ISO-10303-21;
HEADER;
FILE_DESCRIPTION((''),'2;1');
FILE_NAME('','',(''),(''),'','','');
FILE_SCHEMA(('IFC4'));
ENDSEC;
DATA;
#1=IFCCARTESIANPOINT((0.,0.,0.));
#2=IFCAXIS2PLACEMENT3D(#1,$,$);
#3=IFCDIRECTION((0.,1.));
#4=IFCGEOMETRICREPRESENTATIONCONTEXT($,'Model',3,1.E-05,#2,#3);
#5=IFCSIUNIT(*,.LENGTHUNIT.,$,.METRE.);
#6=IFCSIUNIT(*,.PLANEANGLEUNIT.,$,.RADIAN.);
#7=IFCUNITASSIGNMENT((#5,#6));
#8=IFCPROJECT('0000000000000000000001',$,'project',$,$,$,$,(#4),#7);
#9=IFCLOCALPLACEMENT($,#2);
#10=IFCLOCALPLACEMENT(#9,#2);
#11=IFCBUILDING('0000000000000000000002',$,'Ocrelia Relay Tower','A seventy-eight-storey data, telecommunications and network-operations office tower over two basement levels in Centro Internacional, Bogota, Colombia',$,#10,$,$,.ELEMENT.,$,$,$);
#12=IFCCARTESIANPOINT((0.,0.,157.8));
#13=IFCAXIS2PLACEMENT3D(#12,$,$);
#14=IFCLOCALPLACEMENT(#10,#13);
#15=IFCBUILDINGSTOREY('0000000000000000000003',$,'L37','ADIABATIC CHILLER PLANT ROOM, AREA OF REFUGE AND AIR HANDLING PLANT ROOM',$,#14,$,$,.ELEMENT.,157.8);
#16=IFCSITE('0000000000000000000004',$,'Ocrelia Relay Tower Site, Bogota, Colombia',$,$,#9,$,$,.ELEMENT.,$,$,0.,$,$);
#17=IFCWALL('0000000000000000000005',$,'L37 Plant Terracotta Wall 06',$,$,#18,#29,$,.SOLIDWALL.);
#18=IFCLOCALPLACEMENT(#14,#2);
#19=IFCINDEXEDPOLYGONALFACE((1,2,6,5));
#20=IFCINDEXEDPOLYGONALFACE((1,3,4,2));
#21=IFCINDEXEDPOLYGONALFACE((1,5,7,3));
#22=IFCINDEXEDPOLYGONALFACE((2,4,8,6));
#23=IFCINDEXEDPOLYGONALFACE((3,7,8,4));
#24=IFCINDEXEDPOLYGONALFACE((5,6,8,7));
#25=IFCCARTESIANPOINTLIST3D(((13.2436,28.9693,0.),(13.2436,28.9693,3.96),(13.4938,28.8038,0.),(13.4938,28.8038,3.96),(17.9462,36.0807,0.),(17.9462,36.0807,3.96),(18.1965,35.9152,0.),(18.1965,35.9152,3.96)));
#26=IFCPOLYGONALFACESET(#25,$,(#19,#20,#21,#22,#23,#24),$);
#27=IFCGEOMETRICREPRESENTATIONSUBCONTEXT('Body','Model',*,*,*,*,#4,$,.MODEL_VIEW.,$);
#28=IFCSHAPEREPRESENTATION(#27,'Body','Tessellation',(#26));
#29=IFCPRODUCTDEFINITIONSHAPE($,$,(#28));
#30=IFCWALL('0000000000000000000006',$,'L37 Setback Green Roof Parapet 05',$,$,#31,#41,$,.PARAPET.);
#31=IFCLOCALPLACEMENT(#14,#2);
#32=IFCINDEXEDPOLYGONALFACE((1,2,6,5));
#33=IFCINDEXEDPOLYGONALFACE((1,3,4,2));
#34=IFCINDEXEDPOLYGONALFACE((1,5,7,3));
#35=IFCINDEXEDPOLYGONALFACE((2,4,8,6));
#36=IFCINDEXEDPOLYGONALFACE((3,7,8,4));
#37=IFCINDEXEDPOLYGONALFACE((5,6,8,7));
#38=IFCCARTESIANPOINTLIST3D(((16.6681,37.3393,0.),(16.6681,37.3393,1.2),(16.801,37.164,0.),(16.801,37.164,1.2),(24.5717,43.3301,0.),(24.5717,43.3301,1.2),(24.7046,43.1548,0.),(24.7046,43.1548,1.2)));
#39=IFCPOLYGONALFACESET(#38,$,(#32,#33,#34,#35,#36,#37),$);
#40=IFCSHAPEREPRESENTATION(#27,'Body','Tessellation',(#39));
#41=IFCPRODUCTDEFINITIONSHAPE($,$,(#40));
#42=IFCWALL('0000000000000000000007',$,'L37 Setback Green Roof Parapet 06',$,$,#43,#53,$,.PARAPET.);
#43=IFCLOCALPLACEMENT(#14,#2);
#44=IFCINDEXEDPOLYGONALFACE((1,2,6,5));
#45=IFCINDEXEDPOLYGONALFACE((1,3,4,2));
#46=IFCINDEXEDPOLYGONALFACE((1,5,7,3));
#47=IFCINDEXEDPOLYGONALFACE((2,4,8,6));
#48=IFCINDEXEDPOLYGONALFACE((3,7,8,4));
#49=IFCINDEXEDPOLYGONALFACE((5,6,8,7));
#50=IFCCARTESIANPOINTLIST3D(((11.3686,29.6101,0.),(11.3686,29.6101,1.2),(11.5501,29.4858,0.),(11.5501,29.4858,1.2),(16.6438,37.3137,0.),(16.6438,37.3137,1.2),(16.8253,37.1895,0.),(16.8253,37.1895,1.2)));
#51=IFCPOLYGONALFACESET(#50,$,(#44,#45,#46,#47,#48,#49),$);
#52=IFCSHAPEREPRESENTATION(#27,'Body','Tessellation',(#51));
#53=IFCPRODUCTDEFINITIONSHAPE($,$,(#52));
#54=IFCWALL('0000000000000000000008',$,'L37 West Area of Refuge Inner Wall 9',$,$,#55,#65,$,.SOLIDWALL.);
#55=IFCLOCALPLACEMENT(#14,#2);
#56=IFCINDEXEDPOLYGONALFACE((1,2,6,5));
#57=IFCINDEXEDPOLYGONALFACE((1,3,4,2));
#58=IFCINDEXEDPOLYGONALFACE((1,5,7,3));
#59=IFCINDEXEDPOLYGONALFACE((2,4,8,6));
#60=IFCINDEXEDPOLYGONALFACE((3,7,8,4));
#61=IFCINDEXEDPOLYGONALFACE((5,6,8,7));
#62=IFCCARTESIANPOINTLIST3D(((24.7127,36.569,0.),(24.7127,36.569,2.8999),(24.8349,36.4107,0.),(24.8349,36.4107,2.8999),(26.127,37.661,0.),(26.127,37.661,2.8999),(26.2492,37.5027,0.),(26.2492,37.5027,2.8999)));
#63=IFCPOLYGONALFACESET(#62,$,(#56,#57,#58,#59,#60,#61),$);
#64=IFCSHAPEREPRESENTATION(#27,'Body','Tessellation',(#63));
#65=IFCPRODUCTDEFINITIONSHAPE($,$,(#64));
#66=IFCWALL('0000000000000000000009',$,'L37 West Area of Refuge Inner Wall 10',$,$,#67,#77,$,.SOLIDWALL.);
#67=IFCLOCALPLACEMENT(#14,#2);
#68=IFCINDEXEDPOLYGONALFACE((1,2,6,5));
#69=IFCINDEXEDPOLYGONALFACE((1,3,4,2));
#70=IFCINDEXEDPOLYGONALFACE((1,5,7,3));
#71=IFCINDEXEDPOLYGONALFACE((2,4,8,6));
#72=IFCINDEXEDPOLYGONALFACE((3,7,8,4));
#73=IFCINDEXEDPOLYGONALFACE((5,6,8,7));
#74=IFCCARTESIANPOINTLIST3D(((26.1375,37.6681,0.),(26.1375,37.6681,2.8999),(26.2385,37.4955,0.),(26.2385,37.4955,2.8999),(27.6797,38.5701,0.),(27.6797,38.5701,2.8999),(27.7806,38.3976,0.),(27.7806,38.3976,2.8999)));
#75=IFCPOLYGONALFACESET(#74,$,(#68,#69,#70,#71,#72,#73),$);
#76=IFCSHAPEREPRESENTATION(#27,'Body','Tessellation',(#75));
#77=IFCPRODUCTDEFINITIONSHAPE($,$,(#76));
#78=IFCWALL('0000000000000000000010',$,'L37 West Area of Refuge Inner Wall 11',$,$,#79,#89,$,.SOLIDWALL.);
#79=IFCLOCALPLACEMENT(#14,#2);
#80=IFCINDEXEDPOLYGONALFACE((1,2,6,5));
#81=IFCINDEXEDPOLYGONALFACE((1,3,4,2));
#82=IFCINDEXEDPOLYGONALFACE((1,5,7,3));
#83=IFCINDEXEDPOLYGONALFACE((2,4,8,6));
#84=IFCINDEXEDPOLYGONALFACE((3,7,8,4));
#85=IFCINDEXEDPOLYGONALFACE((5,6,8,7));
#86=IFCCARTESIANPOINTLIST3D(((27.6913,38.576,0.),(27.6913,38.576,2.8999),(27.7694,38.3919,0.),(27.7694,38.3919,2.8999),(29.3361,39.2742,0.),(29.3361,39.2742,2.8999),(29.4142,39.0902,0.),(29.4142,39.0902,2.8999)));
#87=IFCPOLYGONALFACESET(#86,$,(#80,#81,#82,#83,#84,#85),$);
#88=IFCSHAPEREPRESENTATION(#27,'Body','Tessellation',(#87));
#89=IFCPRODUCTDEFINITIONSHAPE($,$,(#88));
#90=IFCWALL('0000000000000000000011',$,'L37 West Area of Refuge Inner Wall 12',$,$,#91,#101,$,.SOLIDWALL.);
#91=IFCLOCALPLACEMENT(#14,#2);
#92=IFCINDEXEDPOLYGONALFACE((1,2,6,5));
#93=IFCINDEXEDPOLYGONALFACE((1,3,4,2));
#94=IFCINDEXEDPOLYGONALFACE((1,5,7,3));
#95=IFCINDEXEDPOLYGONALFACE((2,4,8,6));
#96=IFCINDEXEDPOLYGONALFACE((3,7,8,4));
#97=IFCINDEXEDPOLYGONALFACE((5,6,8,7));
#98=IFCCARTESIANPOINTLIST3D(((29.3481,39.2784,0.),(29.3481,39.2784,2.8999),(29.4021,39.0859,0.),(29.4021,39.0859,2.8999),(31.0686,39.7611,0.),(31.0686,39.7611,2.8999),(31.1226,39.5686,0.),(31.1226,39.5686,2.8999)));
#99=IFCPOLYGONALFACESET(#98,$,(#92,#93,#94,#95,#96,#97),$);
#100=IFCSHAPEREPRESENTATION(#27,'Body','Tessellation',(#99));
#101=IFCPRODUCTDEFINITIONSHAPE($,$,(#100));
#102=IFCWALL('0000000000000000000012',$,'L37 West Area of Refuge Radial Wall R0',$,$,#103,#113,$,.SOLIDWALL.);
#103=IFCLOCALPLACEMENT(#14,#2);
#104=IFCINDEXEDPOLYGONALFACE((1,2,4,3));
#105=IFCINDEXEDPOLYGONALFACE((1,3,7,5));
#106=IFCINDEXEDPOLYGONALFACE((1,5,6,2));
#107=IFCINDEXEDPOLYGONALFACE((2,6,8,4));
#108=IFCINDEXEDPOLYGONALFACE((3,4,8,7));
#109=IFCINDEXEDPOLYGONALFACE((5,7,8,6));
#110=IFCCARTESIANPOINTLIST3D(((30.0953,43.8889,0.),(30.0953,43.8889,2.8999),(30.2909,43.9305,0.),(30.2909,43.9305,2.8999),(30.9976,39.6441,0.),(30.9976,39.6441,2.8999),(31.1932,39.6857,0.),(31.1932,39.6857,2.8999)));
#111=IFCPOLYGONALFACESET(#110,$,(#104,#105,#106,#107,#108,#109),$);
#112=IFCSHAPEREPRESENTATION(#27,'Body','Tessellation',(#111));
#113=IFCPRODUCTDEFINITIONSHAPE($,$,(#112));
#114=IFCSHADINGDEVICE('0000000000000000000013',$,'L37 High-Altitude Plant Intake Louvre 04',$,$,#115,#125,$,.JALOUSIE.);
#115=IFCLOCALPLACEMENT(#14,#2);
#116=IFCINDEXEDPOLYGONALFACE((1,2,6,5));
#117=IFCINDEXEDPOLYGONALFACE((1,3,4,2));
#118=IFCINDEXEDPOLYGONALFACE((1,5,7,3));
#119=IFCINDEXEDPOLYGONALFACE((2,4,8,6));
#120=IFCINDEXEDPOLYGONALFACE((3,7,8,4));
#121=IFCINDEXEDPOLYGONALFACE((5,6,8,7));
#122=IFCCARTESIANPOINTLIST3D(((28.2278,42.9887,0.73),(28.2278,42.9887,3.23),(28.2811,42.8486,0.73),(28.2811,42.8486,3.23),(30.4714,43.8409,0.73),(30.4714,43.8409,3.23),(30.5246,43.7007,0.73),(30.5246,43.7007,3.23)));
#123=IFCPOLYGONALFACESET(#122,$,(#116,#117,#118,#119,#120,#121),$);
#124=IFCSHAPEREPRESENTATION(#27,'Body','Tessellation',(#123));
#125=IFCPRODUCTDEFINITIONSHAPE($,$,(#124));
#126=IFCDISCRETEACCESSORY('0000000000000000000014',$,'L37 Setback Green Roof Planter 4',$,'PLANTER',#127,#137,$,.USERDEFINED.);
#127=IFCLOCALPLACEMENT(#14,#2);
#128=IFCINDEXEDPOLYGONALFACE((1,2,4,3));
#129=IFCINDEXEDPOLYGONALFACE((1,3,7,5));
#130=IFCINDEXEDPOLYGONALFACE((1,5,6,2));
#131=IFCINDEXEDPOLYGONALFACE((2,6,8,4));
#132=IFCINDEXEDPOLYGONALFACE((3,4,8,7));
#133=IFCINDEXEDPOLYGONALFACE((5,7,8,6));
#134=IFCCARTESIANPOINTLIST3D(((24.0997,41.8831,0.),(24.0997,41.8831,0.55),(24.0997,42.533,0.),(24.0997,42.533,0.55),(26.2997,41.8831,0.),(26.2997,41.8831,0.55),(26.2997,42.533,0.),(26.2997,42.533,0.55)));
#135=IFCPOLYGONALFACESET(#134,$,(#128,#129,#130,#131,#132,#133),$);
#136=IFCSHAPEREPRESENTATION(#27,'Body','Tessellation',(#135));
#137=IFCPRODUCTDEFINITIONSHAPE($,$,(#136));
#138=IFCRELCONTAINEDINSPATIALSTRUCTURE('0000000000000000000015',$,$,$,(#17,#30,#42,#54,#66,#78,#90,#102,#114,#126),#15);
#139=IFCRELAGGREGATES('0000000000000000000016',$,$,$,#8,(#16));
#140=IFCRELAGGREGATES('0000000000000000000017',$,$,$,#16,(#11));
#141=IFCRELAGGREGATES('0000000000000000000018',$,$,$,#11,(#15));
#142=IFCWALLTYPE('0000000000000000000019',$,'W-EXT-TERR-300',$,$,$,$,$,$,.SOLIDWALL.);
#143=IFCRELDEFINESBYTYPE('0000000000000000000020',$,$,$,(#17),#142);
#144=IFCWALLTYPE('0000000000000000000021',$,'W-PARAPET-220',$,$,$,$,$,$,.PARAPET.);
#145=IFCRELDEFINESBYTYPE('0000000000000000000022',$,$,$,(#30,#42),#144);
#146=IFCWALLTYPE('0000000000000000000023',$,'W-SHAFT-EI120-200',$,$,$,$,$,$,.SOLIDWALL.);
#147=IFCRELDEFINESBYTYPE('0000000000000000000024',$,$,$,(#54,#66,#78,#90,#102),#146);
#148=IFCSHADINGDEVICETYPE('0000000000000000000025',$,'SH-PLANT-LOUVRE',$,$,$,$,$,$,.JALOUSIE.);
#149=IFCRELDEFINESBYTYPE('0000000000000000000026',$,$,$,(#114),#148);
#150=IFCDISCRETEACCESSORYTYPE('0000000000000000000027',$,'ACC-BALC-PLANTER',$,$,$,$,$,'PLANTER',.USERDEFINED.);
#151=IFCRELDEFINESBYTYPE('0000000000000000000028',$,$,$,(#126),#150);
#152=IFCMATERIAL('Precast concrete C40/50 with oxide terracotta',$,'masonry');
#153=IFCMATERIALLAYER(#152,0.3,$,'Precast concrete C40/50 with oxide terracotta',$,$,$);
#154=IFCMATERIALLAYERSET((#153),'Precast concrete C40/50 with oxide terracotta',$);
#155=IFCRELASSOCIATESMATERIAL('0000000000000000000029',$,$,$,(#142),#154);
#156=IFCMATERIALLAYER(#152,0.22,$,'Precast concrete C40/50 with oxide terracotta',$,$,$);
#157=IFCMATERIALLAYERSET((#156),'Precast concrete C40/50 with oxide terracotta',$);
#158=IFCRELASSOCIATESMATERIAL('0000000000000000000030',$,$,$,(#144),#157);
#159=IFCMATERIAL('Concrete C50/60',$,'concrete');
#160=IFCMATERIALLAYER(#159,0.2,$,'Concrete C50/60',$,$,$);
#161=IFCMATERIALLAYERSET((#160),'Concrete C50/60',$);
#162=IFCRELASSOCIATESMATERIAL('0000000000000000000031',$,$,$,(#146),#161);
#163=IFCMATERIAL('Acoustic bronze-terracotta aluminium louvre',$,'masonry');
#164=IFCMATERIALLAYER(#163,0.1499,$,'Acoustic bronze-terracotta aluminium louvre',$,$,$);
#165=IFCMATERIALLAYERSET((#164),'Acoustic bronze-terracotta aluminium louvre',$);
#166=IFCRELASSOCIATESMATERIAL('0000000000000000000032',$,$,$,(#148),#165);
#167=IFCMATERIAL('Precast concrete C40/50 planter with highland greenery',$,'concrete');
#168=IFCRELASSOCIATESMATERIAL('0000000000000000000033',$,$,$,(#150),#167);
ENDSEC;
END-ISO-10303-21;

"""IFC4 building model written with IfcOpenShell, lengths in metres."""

from ifc_helpers import new_model, si_unit, direction, frame, frame_2d, origin, origin_2d, place, context, subcontext, project, spatial, rectangle, extrude, material, layer, layer_set, type_object, element, save


model = new_model("IFC4")

# Units and contexts
model_context = context("Model", 3, precision=1e-05, world=origin(), true_north=direction((0.0, 1.0)))
body_context = subcontext(model_context, "Body", "Model", "MODEL_VIEW")
ifc_project = project(units=[si_unit("LENGTHUNIT", "METRE"), si_unit("PLANEANGLEUNIT", "RADIAN")], contexts=[model_context])

# Site, building, storey
site_placement = place(None, origin())
site = spatial("IfcSite", under=ifc_project, at=site_placement, Name="Ocrelia Relay Tower Site, Bogota, Colombia", CompositionType="ELEMENT", RefElevation=0.0)
building_placement = place(site_placement, origin())
building = spatial("IfcBuilding", under=site, at=building_placement, Name="Ocrelia Relay Tower", Description="A seventy-eight-storey data, telecommunications and network-operations office tower over two basement levels in Centro Internacional, Bogota, Colombia", CompositionType="ELEMENT")
storey_placement = place(building_placement, frame((0.0, 0.0, 157.8)))
storey = spatial("IfcBuildingStorey", under=building, at=storey_placement, Name="L37", Description="ADIABATIC CHILLER PLANT ROOM, AREA OF REFUGE AND AIR HANDLING PLANT ROOM", CompositionType="ELEMENT", Elevation=157.8)

# Walls
ifc_material_1 = material(Name="Precast concrete C40/50 with oxide terracotta", Category="masonry")
ifc_layer_1 = layer(ifc_material_1, 0.3, Name="Precast concrete C40/50 with oxide terracotta")
ifc_layer_set_1 = layer_set([ifc_layer_1], Name="Precast concrete C40/50 with oxide terracotta")
wall_type_1 = type_object("IfcWallType", Name="W-EXT-TERR-300", PredefinedType="SOLIDWALL", material=ifc_layer_set_1)
wall_1_placement = place(storey_placement, frame((18.0713, 35.9978, 0.0), z_axis=(0.0, 0.0, 1.0), x_axis=(-0.55159, -0.834115, 0.0)))
element("IfcWall", 1, at=wall_1_placement, inside=storey, type_object=wall_type_1, Name="L37 Plant Terracotta Wall 06", PredefinedType="SOLIDWALL", context=body_context, shape_type="SweptSolid", body=[
    extrude(rectangle(XDim=8.5256, YDim=0.3, at=frame_2d((4.2627, 0.0))), origin(), (0.0, 0.0, 1.0), 3.96),
])
ifc_layer_2 = layer(ifc_material_1, 0.22, Name="Precast concrete C40/50 with oxide terracotta")
ifc_layer_set_2 = layer_set([ifc_layer_2], Name="Precast concrete C40/50 with oxide terracotta")
wall_type_2 = type_object("IfcWallType", Name="W-PARAPET-220", PredefinedType="PARAPET", material=ifc_layer_set_2)
wall_2_placement = place(storey_placement, frame((24.6382, 43.2424, 0.0), z_axis=(0.0, 0.0, 1.0), x_axis=(-0.796938, -0.604061, 0.0)))
element("IfcWall", 2, at=wall_2_placement, inside=storey, type_object=wall_type_2, Name="L37 Setback Green Roof Parapet 05", PredefinedType="PARAPET", context=body_context, shape_type="SweptSolid", body=[
    extrude(rectangle(XDim=9.9175, YDim=0.22, at=frame_2d((4.9587, 0.0))), origin(), (0.0, 0.0, 1.0), 1.2),
])
wall_3_placement = place(storey_placement, frame((16.7346, 37.2517, 0.0), z_axis=(0.0, 0.0, 1.0), x_axis=(-0.564994, -0.825095, 0.0)))
element("IfcWall", 3, at=wall_3_placement, inside=storey, type_object=wall_type_2, Name="L37 Setback Green Roof Parapet 06", PredefinedType="PARAPET", context=body_context, shape_type="SweptSolid", body=[
    extrude(rectangle(XDim=9.3367, YDim=0.22, at=frame_2d((4.6685, 0.0))), origin(), (0.0, 0.0, 1.0), 1.2),
])

# Shared definitions
ifc_material_2 = material(Name="Concrete C50/60", Category="concrete")
ifc_layer_3 = layer(ifc_material_2, 0.2, Name="Concrete C50/60")
ifc_layer_set_3 = layer_set([ifc_layer_3], Name="Concrete C50/60")
wall_type_3 = type_object("IfcWallType", Name="W-SHAFT-EI120-200", PredefinedType="SOLIDWALL", material=ifc_layer_set_3)

# Walls
wall_4_placement = place(storey_placement, frame((24.7737, 36.4897, 0.0), z_axis=(0.0, 0.0, 1.0), x_axis=(0.79151, 0.611156, 0.0)))
element("IfcWall", 4, at=wall_4_placement, inside=storey, type_object=wall_type_3, Name="L37 West Area of Refuge Inner Wall 9", PredefinedType="SOLIDWALL", context=body_context, shape_type="SweptSolid", body=[
    extrude(rectangle(XDim=1.7869, YDim=0.2, at=frame_2d((0.8936, 0.0))), origin(), (0.0, 0.0, 1.0), 2.8999),
])
wall_5_placement = place(storey_placement, frame((26.188, 37.5818, 0.0), z_axis=(0.0, 0.0, 1.0), x_axis=(0.863179, 0.504899, 0.0)))
element("IfcWall", 5, at=wall_5_placement, inside=storey, type_object=wall_type_3, Name="L37 West Area of Refuge Inner Wall 10", PredefinedType="SOLIDWALL", context=body_context, shape_type="SweptSolid", body=[
    extrude(rectangle(XDim=1.7866, YDim=0.2, at=frame_2d((0.8933, 0.0))), origin(), (0.0, 0.0, 1.0), 2.8999),
])
for number, where, z_axis, x_axis, name in (
    (6, (27.7302, 38.4839, 0.0), (0.0, 0.0, 1.0), (0.920489, 0.390767, 0.0), "L37 West Area of Refuge Inner Wall 11"),
    (7, (29.375, 39.1821, 0.0), (0.0, 0.0, 1.0), (0.962828, 0.270116, 0.0), "L37 West Area of Refuge Inner Wall 12"),
):
    element("IfcWall", number, at=place(storey_placement, frame(where, z_axis=z_axis, x_axis=x_axis)), inside=storey, type_object=wall_type_3, Name=name, PredefinedType="SOLIDWALL", context=body_context, shape_type="SweptSolid", body=[
        extrude(rectangle(XDim=1.7869, YDim=0.2, at=frame_2d((0.8936, 0.0))), origin(), (0.0, 0.0, 1.0), 2.8999),
    ])
wall_6_placement = place(storey_placement, frame((31.0955, 39.6648, 0.0), z_axis=(0.0, 0.0, 1.0), x_axis=(-0.207927, 0.978144, 0.0)))
element("IfcWall", 8, at=wall_6_placement, inside=storey, type_object=wall_type_3, Name="L37 West Area of Refuge Radial Wall R0", PredefinedType="SOLIDWALL", context=body_context, shape_type="SweptSolid", body=[
    extrude(rectangle(XDim=4.3396, YDim=0.2, at=frame_2d((2.1699, 0.0))), origin(), (0.0, 0.0, 1.0), 2.8999),
])

# Shading device
ifc_material_3 = material(Name="Acoustic bronze-terracotta aluminium louvre", Category="masonry")
ifc_layer_4 = layer(ifc_material_3, 0.1499, Name="Acoustic bronze-terracotta aluminium louvre")
ifc_layer_set_4 = layer_set([ifc_layer_4], Name="Acoustic bronze-terracotta aluminium louvre")
shading_device_type = type_object("IfcShadingDeviceType", Name="SH-PLANT-LOUVRE", PredefinedType="JALOUSIE", material=ifc_layer_set_4)
shading_device_placement = place(storey_placement, frame((29.3762, 43.3447, 0.73), z_axis=(0.0, 0.0, 1.0), x_axis=(-0.934838, -0.355074, 0.0)))
element("IfcShadingDevice", 9, at=shading_device_placement, inside=storey, type_object=shading_device_type, Name="L37 High-Altitude Plant Intake Louvre 04", PredefinedType="JALOUSIE", context=body_context, shape_type="SweptSolid", body=[
    extrude(rectangle(XDim=2.3999, YDim=0.1499, at=origin_2d()), origin(), (0.0, 0.0, 1.0), 2.5),
])

# Discrete accessory
ifc_material_4 = material(Name="Precast concrete C40/50 planter with highland greenery", Category="concrete")
discrete_accessory_type = type_object("IfcDiscreteAccessoryType", Name="ACC-BALC-PLANTER", ElementType="PLANTER", PredefinedType="USERDEFINED", material=ifc_material_4)
discrete_accessory_placement = place(storey_placement, frame((25.1997, 42.208, 0.0), z_axis=(0.0, 0.0, 1.0), x_axis=(1.0, 0.0, 0.0)))
element("IfcDiscreteAccessory", 10, at=discrete_accessory_placement, inside=storey, type_object=discrete_accessory_type, Name="L37 Setback Green Roof Planter 4", ObjectType="PLANTER", PredefinedType="USERDEFINED", context=body_context, shape_type="SweptSolid", body=[
    extrude(rectangle(XDim=2.2, YDim=0.6499, at=origin_2d()), origin(), (0.0, 0.0, 1.0), 0.55),
])

save(model, "model.ifc")
